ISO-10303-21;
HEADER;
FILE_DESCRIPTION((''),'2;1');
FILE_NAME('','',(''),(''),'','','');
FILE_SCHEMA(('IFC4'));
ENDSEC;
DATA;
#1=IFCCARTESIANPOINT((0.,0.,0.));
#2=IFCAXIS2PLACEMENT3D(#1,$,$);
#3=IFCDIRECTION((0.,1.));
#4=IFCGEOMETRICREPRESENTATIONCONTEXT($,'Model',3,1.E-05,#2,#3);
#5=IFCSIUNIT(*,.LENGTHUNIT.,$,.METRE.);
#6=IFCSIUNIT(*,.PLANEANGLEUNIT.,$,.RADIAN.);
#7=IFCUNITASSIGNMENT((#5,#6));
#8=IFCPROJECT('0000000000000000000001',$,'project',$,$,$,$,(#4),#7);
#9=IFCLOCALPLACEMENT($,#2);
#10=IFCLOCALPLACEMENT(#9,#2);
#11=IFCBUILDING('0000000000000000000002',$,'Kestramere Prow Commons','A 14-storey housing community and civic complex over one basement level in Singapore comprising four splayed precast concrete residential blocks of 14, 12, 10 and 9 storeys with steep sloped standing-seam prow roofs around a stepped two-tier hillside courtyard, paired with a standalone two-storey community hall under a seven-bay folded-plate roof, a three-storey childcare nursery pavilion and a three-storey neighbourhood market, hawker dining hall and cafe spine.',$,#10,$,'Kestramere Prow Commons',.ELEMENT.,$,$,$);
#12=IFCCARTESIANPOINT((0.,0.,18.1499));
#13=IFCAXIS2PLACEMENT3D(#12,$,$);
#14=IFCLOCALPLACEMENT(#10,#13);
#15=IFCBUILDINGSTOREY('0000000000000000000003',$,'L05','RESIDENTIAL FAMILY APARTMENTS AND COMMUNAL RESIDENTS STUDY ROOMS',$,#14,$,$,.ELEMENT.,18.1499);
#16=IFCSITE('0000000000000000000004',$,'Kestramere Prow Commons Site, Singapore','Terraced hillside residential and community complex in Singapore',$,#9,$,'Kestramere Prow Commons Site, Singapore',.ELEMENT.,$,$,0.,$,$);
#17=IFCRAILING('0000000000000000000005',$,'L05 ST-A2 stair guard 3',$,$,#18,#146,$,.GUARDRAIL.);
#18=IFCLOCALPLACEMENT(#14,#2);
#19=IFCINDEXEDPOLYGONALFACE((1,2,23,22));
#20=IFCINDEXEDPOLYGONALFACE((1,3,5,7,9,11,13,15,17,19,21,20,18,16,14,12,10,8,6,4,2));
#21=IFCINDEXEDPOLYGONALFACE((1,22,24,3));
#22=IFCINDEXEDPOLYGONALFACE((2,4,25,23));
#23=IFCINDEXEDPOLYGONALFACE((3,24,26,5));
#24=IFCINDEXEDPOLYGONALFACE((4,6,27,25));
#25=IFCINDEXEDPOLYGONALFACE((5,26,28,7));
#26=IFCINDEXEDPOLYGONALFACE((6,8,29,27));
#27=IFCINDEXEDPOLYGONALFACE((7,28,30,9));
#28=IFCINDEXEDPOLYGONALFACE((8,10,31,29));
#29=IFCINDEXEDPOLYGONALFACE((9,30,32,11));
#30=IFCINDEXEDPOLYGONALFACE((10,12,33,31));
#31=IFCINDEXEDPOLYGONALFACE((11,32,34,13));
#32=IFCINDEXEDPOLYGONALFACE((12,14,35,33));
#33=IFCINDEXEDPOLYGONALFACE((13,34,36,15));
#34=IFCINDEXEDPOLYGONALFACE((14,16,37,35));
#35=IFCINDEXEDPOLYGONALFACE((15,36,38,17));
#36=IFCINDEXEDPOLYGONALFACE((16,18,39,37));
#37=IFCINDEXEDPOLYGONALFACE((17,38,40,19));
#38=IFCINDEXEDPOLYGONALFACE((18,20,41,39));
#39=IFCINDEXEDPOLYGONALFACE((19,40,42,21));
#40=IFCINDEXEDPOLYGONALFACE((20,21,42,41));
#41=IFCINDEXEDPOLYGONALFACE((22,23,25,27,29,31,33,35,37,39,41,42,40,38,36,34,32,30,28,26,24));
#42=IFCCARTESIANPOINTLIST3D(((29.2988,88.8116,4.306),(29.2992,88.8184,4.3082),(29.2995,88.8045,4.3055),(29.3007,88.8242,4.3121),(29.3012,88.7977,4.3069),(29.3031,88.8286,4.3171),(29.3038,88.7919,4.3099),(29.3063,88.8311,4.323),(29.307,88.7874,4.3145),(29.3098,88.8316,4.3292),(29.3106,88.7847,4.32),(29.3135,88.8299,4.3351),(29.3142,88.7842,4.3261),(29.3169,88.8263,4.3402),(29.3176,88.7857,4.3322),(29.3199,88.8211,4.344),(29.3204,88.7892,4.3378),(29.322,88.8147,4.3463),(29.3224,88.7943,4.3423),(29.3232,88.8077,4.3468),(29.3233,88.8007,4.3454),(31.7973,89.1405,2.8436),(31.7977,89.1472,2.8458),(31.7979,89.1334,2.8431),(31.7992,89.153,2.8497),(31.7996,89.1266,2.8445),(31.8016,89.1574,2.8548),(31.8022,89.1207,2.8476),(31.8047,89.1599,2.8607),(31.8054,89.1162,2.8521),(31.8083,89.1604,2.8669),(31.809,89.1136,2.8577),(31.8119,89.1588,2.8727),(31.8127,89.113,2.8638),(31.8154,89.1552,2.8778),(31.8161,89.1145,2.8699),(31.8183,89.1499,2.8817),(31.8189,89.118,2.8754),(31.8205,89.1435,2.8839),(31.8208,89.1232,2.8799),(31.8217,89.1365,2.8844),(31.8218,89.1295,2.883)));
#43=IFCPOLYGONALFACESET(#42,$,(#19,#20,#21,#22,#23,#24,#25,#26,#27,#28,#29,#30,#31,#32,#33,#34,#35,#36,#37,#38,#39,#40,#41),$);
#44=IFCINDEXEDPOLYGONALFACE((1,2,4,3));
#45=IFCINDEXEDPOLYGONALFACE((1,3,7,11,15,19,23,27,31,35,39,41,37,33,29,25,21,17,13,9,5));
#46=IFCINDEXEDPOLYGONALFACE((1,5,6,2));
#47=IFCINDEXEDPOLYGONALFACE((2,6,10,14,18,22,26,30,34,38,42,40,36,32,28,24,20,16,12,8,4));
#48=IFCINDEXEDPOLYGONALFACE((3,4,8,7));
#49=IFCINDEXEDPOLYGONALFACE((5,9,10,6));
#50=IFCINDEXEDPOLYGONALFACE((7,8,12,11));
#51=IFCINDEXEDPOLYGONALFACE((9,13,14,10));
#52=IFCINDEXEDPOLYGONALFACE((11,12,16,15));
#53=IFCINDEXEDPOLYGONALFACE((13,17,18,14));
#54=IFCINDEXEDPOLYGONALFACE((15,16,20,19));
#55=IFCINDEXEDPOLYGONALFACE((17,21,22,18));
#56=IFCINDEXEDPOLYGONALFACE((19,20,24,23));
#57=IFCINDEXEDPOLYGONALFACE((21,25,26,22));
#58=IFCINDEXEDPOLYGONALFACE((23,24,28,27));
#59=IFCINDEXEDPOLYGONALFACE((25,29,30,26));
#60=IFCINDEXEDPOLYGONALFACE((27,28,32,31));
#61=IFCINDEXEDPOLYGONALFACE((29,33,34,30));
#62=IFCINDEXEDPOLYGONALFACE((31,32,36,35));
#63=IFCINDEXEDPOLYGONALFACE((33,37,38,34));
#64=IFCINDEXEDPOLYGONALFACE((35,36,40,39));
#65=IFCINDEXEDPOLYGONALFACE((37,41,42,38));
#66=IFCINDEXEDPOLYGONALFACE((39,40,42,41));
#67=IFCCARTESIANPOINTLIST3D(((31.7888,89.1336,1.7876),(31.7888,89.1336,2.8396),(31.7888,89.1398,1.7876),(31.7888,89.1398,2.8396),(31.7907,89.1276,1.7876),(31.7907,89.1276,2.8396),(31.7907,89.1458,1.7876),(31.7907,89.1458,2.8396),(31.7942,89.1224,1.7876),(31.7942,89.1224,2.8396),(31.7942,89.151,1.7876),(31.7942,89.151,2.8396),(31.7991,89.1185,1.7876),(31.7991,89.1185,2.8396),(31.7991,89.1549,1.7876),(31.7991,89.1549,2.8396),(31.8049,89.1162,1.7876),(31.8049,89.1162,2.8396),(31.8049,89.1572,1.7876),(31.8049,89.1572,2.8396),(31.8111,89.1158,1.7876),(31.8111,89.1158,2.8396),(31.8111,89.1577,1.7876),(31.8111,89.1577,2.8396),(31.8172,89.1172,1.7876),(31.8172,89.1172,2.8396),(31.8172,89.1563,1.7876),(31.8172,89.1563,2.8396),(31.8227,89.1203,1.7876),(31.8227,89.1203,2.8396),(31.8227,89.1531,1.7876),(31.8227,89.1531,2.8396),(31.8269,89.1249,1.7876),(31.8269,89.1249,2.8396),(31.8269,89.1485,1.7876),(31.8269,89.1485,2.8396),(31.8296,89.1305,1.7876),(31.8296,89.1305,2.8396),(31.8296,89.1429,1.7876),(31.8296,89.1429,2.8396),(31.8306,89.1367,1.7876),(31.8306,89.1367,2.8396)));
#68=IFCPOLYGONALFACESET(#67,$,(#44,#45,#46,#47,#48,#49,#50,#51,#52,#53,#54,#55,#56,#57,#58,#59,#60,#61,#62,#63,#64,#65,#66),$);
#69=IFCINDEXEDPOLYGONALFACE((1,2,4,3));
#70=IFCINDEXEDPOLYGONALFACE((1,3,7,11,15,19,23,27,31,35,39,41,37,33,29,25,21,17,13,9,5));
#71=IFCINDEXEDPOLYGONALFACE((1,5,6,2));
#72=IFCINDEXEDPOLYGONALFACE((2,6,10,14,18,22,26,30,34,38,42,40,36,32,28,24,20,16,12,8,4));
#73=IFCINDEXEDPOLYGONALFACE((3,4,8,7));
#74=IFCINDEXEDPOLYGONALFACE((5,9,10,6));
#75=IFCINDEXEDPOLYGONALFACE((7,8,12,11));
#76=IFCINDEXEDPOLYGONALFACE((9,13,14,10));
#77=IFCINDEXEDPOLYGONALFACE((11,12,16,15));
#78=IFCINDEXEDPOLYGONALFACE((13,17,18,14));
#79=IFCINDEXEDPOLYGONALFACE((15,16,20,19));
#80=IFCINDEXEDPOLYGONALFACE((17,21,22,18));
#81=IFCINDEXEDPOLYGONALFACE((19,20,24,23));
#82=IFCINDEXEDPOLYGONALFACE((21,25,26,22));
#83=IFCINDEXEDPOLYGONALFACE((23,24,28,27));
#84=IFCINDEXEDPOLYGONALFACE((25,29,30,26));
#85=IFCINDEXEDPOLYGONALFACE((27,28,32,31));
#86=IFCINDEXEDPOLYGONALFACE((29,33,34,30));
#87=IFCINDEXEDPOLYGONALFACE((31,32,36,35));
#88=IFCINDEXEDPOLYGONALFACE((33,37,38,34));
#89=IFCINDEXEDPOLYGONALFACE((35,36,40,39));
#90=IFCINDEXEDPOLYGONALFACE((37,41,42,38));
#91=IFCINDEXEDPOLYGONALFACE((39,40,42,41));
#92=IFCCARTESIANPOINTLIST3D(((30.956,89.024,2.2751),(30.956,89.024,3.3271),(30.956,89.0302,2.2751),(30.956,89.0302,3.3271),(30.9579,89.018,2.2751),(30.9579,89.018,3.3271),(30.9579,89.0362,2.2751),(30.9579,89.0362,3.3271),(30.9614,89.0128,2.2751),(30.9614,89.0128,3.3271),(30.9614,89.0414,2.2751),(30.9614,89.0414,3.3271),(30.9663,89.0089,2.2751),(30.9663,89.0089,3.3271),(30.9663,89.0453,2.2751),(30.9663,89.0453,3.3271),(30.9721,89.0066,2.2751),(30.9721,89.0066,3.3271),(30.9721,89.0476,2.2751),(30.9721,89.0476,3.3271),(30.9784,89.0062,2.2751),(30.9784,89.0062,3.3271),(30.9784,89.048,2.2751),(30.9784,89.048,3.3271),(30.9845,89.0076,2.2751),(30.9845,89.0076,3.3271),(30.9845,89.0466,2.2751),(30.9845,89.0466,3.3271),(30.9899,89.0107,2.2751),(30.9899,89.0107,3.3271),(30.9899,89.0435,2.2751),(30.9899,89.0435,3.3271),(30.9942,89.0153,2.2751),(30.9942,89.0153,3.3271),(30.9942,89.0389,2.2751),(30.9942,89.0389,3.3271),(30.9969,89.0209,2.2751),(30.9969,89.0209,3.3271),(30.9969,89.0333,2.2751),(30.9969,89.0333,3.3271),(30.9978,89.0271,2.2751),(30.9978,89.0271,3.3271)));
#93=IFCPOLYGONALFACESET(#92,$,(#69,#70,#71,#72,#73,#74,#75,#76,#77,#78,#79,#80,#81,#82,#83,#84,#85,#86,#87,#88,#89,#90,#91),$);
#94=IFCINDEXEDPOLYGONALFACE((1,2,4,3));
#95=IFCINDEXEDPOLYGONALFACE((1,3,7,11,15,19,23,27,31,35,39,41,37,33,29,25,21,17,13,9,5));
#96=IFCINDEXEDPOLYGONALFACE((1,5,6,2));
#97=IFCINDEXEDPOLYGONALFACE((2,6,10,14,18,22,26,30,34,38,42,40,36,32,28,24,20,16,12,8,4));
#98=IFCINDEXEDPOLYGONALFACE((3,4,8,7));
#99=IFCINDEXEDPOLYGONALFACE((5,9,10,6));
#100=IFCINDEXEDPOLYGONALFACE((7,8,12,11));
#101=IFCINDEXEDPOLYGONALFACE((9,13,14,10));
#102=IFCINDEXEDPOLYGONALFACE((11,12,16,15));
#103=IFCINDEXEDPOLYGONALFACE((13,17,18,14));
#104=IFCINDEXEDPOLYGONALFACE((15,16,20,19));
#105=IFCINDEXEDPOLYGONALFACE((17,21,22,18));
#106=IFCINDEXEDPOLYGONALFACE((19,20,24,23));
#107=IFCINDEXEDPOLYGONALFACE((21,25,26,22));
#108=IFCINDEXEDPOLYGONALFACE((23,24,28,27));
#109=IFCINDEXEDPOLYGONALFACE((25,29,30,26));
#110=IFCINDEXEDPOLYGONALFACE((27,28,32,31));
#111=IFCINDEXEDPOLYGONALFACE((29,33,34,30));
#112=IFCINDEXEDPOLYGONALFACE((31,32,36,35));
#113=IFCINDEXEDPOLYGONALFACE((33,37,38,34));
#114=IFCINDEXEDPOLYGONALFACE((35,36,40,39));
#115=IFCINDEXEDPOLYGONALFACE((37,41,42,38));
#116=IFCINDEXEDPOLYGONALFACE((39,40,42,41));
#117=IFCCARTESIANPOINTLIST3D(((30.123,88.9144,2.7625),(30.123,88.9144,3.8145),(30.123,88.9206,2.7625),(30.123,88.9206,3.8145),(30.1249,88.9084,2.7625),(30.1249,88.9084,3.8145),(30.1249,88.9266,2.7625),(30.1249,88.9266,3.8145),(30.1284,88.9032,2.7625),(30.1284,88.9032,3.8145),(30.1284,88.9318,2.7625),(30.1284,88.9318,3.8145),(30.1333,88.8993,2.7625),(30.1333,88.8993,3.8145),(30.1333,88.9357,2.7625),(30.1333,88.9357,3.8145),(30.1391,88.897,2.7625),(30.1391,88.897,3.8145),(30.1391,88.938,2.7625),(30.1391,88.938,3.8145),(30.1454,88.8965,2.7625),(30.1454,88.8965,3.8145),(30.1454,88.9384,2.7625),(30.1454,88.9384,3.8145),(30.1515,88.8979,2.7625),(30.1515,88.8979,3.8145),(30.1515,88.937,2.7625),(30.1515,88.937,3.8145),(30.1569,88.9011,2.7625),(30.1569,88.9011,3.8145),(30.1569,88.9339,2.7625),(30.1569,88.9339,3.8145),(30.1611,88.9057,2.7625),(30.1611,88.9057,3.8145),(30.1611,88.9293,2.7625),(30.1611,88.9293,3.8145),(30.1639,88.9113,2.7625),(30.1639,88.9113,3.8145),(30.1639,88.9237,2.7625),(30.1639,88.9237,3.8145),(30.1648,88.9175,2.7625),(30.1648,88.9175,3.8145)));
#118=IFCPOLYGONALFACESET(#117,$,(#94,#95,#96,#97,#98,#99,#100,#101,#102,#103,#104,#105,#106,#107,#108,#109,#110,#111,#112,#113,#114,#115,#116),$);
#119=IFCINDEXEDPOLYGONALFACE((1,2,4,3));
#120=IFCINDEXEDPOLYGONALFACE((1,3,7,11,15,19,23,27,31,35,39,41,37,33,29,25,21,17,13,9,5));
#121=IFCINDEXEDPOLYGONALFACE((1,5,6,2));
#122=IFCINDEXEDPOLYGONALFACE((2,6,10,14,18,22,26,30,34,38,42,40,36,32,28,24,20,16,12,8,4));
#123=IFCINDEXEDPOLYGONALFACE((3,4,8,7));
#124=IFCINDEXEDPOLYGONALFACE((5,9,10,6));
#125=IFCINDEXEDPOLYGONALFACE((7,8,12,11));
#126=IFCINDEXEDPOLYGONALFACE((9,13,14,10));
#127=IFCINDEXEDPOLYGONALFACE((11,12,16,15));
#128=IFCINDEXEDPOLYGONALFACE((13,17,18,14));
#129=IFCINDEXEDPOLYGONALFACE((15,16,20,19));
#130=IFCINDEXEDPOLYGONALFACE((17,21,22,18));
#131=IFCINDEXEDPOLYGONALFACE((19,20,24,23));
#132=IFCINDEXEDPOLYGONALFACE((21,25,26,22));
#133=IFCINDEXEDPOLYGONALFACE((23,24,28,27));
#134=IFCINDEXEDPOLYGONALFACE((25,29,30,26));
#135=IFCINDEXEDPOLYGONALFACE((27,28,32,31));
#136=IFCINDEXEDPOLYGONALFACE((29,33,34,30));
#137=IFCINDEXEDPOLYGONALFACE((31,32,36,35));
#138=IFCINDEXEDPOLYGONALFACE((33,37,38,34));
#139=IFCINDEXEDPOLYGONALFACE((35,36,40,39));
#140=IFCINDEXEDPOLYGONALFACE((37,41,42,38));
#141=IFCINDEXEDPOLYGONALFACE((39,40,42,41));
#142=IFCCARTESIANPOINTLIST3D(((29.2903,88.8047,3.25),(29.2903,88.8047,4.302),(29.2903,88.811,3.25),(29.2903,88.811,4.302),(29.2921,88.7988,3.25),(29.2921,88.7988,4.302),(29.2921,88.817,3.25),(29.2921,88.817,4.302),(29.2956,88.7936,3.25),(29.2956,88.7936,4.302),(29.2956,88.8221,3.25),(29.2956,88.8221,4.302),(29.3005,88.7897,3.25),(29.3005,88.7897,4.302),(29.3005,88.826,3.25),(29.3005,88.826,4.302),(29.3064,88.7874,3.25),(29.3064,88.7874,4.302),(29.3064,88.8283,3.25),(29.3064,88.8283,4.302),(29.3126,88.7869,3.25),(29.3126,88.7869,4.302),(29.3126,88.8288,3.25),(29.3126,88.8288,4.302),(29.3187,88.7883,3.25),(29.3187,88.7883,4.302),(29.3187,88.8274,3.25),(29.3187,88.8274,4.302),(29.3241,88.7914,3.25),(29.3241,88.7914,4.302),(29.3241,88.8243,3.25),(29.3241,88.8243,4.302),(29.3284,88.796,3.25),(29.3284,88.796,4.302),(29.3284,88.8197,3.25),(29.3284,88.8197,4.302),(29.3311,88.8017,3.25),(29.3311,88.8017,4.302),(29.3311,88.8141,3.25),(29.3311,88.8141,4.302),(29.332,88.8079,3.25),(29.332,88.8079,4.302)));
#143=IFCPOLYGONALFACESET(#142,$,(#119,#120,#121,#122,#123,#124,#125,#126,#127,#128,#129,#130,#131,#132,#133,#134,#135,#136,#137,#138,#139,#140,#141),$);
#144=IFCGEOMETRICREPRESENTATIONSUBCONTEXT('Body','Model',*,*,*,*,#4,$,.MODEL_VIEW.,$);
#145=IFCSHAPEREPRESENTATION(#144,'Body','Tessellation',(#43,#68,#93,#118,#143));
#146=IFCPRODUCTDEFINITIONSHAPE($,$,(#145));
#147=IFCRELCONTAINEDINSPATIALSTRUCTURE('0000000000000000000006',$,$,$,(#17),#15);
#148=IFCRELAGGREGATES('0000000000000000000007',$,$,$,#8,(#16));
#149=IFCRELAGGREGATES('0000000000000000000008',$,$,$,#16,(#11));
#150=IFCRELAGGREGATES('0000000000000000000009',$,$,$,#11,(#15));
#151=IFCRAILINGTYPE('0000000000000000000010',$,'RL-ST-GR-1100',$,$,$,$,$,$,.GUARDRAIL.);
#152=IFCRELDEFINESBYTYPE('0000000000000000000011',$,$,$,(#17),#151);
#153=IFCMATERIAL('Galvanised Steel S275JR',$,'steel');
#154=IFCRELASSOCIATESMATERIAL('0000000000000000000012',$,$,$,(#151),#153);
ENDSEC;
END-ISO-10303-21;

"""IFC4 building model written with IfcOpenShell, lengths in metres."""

from ifc_helpers import new_model, si_unit, direction, frame, origin, origin_2d, place, context, subcontext, project, spatial, circle, extrude, material, type_object, element, save


model = new_model("IFC4")

# Units and contexts
model_context = context("Model", 3, precision=1e-05, world=origin(), true_north=direction((0.0, 1.0)))
body_context = subcontext(model_context, "Body", "Model", "MODEL_VIEW")
ifc_project = project(units=[si_unit("LENGTHUNIT", "METRE"), si_unit("PLANEANGLEUNIT", "RADIAN")], contexts=[model_context])

# Site, building, storey
site_placement = place(None, origin())
site = spatial("IfcSite", under=ifc_project, at=site_placement, Name="Kestramere Prow Commons Site, Singapore", Description="Terraced hillside residential and community complex in Singapore", LongName="Kestramere Prow Commons Site, Singapore", CompositionType="ELEMENT", RefElevation=0.0)
building_placement = place(site_placement, origin())
building = spatial("IfcBuilding", under=site, at=building_placement, Name="Kestramere Prow Commons", Description="A 14-storey housing community and civic complex over one basement level in Singapore comprising four splayed precast concrete residential blocks of 14, 12, 10 and 9 storeys with steep sloped standing-seam prow roofs around a stepped two-tier hillside courtyard, paired with a standalone two-storey community hall under a seven-bay folded-plate roof, a three-storey childcare nursery pavilion and a three-storey neighbourhood market, hawker dining hall and cafe spine.", LongName="Kestramere Prow Commons", CompositionType="ELEMENT")
storey_placement = place(building_placement, frame((0.0, 0.0, 18.1499)))
storey = spatial("IfcBuildingStorey", under=building, at=storey_placement, Name="L05", Description="RESIDENTIAL FAMILY APARTMENTS AND COMMUNAL RESIDENTS STUDY ROOMS", CompositionType="ELEMENT", Elevation=18.1499)

# Railing
ifc_material_1 = material(Name="Galvanised Steel S275JR", Category="steel")
railing_type_1 = type_object("IfcRailingType", Name="RL-ST-GR-1100", PredefinedType="GUARDRAIL", material=ifc_material_1)
railing_1_placement = place(storey_placement, frame((31.8096, 89.1367, 1.7876)))
element("IfcRailing", 1, at=railing_1_placement, inside=storey, type_object=railing_type_1, Name="L05 ST-A2 stair guard 3", PredefinedType="GUARDRAIL", context=body_context, shape_type="SweptSolid", body=[
    extrude(circle(Radius=0.0239, at=origin_2d()), frame((0.0, 0.0, 1.0762), z_axis=(-0.857523, -0.112867, 0.501912), x_axis=(0.130495, -0.991449, 0.0)), (0.0, 0.0, 1.0), 2.9136),
    extrude(circle(Radius=0.021, at=origin_2d()), origin(), (0.0, 0.0, 1.0), 1.052),
    extrude(circle(Radius=0.021, at=origin_2d()), frame((-0.8328, -0.1096, 0.4875)), (0.0, 0.0, 1.0), 1.052),
    extrude(circle(Radius=0.021, at=origin_2d()), frame((-1.6658, -0.2192, 0.9749)), (0.0, 0.0, 1.0), 1.052),
    extrude(circle(Radius=0.021, at=origin_2d()), frame((-2.4985, -0.3289, 1.4624)), (0.0, 0.0, 1.0), 1.052),
])

save(model, "model.ifc")
